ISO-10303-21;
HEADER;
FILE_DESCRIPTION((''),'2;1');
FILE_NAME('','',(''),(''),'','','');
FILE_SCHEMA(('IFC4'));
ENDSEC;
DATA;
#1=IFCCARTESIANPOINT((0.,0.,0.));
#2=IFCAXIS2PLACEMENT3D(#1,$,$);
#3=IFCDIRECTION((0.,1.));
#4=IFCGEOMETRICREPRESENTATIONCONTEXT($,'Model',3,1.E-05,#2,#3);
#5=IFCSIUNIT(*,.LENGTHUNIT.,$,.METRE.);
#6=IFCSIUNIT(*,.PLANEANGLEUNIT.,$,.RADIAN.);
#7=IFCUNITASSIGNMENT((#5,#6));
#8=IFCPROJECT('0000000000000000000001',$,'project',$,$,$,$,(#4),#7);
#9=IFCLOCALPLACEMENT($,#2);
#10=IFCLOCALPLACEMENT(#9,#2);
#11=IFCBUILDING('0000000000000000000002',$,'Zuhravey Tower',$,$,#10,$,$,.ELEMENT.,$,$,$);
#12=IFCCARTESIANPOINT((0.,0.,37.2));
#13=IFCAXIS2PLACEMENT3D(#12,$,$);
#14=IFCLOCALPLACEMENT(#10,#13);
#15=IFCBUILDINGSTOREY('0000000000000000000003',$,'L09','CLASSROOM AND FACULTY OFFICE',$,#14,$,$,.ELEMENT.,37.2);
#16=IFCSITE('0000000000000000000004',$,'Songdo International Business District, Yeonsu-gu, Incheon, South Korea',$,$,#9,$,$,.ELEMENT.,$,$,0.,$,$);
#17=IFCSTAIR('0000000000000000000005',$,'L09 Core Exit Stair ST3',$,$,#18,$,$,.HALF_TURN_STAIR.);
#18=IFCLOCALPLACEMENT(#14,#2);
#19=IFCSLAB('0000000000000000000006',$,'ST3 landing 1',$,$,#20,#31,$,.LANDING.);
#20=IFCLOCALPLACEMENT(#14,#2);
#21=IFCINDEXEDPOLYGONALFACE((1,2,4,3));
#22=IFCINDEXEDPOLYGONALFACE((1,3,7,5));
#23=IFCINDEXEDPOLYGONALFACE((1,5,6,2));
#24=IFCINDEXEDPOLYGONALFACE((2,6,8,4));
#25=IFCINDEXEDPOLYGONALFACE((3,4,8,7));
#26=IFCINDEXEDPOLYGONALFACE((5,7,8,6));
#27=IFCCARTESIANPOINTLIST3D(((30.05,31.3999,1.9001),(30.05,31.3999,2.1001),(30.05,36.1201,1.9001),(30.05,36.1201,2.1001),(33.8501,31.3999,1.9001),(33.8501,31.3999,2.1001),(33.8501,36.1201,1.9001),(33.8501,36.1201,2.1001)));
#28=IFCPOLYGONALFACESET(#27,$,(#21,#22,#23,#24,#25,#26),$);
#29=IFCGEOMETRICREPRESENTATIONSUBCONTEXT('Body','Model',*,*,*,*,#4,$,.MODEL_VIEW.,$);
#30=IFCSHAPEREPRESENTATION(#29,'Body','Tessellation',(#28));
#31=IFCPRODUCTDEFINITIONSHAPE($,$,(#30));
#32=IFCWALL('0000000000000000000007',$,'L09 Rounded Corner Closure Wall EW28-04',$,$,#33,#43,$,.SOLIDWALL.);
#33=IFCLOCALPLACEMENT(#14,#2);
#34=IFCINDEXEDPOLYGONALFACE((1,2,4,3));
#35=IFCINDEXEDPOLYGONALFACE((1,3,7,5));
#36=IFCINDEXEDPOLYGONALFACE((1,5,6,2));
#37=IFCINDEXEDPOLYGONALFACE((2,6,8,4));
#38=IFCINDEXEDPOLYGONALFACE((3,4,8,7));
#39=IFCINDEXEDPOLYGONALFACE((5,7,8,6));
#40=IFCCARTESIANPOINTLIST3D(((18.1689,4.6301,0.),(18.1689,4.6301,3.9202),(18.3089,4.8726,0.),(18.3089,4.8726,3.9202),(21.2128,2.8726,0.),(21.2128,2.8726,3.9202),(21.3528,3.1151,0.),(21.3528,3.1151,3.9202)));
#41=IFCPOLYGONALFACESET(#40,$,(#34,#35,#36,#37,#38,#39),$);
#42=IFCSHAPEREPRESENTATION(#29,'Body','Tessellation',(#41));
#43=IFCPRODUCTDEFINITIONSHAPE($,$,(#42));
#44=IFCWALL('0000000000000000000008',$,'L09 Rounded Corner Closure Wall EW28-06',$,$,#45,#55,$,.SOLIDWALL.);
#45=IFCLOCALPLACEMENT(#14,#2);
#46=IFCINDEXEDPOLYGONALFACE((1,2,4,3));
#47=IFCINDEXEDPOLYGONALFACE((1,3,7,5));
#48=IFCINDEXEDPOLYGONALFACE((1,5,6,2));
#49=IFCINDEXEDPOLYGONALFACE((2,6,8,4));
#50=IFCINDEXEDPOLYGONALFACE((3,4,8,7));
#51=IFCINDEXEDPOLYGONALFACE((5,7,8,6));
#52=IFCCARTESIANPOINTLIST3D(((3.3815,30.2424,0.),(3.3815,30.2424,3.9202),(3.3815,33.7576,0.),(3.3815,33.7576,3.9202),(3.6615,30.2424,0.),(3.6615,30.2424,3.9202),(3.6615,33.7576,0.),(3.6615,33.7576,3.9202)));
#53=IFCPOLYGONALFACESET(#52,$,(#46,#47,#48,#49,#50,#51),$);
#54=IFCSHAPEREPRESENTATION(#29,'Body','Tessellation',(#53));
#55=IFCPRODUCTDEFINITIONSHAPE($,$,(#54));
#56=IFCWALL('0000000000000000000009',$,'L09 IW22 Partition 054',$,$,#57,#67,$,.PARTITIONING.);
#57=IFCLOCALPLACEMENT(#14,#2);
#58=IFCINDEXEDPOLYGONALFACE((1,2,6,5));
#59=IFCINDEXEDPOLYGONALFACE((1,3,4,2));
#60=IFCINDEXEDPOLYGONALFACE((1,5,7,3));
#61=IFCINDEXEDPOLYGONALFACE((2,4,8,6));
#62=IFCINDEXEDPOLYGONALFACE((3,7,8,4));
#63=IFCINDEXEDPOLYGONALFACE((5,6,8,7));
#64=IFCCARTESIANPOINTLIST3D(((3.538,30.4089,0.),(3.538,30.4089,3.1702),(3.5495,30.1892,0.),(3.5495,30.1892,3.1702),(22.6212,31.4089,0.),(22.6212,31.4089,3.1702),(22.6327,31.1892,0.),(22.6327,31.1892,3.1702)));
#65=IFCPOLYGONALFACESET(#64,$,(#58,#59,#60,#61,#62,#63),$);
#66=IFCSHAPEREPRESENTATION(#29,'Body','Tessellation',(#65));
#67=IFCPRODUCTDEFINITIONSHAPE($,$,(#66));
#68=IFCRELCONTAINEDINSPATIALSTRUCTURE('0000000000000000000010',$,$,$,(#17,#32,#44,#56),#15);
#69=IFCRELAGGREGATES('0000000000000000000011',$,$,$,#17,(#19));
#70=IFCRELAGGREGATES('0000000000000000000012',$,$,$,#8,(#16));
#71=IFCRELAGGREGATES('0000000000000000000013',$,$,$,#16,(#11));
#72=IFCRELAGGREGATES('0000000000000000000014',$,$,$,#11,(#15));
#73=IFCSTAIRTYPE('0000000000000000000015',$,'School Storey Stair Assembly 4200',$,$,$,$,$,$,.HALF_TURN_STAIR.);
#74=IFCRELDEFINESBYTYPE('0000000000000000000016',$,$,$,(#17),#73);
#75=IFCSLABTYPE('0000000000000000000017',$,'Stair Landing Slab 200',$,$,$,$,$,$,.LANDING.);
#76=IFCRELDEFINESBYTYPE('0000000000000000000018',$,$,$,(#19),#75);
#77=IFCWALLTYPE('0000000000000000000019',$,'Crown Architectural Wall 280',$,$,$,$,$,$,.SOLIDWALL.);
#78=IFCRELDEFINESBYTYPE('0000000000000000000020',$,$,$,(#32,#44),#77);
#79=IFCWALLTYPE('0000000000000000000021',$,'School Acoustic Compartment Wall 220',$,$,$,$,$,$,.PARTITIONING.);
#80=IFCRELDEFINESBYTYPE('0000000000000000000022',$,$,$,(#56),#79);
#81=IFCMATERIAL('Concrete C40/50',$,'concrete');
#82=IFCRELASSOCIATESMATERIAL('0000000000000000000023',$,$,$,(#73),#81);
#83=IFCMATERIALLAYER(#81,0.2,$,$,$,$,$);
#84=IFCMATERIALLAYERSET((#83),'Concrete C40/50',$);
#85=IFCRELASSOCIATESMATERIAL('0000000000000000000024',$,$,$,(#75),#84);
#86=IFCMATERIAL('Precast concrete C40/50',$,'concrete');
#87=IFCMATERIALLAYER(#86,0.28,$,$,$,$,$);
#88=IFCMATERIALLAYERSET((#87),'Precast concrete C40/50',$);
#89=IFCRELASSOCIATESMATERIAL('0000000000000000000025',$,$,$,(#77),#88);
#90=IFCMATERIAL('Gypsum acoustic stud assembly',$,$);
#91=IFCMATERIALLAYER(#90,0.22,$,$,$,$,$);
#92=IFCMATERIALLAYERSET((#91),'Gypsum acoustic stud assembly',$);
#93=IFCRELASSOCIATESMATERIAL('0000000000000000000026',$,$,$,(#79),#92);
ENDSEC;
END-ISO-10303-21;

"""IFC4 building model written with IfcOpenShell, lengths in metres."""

from ifc_helpers import new_model, si_unit, direction, frame, frame_2d, origin, place, context, subcontext, project, spatial, polyline, rectangle, outline, extrude, material, layer, layer_set, type_object, element, aggregate, save


model = new_model("IFC4")

# Units and contexts
model_context = context("Model", 3, precision=1e-05, world=origin(), true_north=direction((0.0, 1.0)))
body_context = subcontext(model_context, "Body", "Model", "MODEL_VIEW")
ifc_project = project(units=[si_unit("LENGTHUNIT", "METRE"), si_unit("PLANEANGLEUNIT", "RADIAN")], contexts=[model_context])

# Site, building, storey
site_placement = place(None, origin())
site = spatial("IfcSite", under=ifc_project, at=site_placement, Name="Songdo International Business District, Yeonsu-gu, Incheon, South Korea", CompositionType="ELEMENT", RefElevation=0.0)
building_placement = place(site_placement, origin())
building = spatial("IfcBuilding", under=site, at=building_placement, Name="Zuhravey Tower", CompositionType="ELEMENT")
storey_placement = place(building_placement, frame((0.0, 0.0, 37.2)))
storey = spatial("IfcBuildingStorey", under=building, at=storey_placement, Name="L09", Description="CLASSROOM AND FACULTY OFFICE", CompositionType="ELEMENT", Elevation=37.2)

# Stair, slab
ifc_material_1 = material(Name="Concrete C40/50", Category="concrete")
stair_type = type_object("IfcStairType", Name="School Storey Stair Assembly 4200", PredefinedType="HALF_TURN_STAIR", material=ifc_material_1)
ifc_layer_1 = layer(ifc_material_1, 0.2)
ifc_layer_set_1 = layer_set([ifc_layer_1], Name="Concrete C40/50")
slab_type_1 = type_object("IfcSlabType", Name="Stair Landing Slab 200", PredefinedType="LANDING", material=ifc_layer_set_1)
stair_1_placement = place(storey_placement, origin())
stair_1 = element("IfcStair", 1, at=stair_1_placement, inside=storey, type_object=stair_type, Name="L09 Core Exit Stair ST3", PredefinedType="HALF_TURN_STAIR")
slab_1_placement = place(storey_placement, frame((0.0, 0.0, 1.9001)))
slab_1 = element("IfcSlab", 2, at=slab_1_placement, type_object=slab_type_1, Name="ST3 landing 1", PredefinedType="LANDING", context=body_context, shape_type="SweptSolid", body=[
    extrude(outline(polyline([(30.05, 36.1201), (30.05, 31.3999), (33.8501, 31.3999), (33.8501, 36.1201), (30.05, 36.1201)])), origin(), (0.0, 0.0, 1.0), 0.2),
])
aggregate(stair_1, [slab_1])

# Walls
ifc_material_2 = material(Name="Precast concrete C40/50", Category="concrete")
ifc_layer_2 = layer(ifc_material_2, 0.28)
ifc_layer_set_2 = layer_set([ifc_layer_2], Name="Precast concrete C40/50")
wall_type_1 = type_object("IfcWallType", Name="Crown Architectural Wall 280", PredefinedType="SOLIDWALL", material=ifc_layer_set_2)
wall_1_placement = place(storey_placement, frame((21.2827, 2.9939, 0.0), z_axis=(0.0, 0.0, 1.0), x_axis=(-0.866007, 0.500031, 0.0)))
element("IfcWall", 3, at=wall_1_placement, inside=storey, type_object=wall_type_1, Name="L09 Rounded Corner Closure Wall EW28-04", PredefinedType="SOLIDWALL", context=body_context, shape_type="SweptSolid", body=[
    extrude(rectangle(XDim=3.5149, YDim=0.28, at=frame_2d((1.7573, 0.0))), origin(), (0.0, 0.0, 1.0), 3.9202),
])
wall_2_placement = place(storey_placement, frame((3.5215, 30.2424, 0.0), z_axis=(0.0, 0.0, 1.0), x_axis=(0.0, 1.0, 0.0)))
element("IfcWall", 4, at=wall_2_placement, inside=storey, type_object=wall_type_1, Name="L09 Rounded Corner Closure Wall EW28-06", PredefinedType="SOLIDWALL", context=body_context, shape_type="SweptSolid", body=[
    extrude(rectangle(XDim=3.5151, YDim=0.28, at=frame_2d((1.7576, 0.0))), origin(), (0.0, 0.0, 1.0), 3.9202),
])
ifc_material_3 = material(Name="Gypsum acoustic stud assembly")
ifc_layer_3 = layer(ifc_material_3, 0.22)
ifc_layer_set_3 = layer_set([ifc_layer_3], Name="Gypsum acoustic stud assembly")
wall_type_2 = type_object("IfcWallType", Name="School Acoustic Compartment Wall 220", PredefinedType="PARTITIONING", material=ifc_layer_set_3)
wall_3_placement = place(storey_placement, frame((22.627, 31.2991, 0.0), z_axis=(0.0, 0.0, 1.0), x_axis=(-0.99863, -0.05233, 0.0)))
element("IfcWall", 5, at=wall_3_placement, inside=storey, type_object=wall_type_2, Name="L09 IW22 Partition 054", PredefinedType="PARTITIONING", context=body_context, shape_type="SweptSolid", body=[
    extrude(rectangle(XDim=19.1094, YDim=0.22, at=frame_2d((9.5547, 0.0))), origin(), (0.0, 0.0, 1.0), 3.1702),
])

save(model, "model.ifc")
